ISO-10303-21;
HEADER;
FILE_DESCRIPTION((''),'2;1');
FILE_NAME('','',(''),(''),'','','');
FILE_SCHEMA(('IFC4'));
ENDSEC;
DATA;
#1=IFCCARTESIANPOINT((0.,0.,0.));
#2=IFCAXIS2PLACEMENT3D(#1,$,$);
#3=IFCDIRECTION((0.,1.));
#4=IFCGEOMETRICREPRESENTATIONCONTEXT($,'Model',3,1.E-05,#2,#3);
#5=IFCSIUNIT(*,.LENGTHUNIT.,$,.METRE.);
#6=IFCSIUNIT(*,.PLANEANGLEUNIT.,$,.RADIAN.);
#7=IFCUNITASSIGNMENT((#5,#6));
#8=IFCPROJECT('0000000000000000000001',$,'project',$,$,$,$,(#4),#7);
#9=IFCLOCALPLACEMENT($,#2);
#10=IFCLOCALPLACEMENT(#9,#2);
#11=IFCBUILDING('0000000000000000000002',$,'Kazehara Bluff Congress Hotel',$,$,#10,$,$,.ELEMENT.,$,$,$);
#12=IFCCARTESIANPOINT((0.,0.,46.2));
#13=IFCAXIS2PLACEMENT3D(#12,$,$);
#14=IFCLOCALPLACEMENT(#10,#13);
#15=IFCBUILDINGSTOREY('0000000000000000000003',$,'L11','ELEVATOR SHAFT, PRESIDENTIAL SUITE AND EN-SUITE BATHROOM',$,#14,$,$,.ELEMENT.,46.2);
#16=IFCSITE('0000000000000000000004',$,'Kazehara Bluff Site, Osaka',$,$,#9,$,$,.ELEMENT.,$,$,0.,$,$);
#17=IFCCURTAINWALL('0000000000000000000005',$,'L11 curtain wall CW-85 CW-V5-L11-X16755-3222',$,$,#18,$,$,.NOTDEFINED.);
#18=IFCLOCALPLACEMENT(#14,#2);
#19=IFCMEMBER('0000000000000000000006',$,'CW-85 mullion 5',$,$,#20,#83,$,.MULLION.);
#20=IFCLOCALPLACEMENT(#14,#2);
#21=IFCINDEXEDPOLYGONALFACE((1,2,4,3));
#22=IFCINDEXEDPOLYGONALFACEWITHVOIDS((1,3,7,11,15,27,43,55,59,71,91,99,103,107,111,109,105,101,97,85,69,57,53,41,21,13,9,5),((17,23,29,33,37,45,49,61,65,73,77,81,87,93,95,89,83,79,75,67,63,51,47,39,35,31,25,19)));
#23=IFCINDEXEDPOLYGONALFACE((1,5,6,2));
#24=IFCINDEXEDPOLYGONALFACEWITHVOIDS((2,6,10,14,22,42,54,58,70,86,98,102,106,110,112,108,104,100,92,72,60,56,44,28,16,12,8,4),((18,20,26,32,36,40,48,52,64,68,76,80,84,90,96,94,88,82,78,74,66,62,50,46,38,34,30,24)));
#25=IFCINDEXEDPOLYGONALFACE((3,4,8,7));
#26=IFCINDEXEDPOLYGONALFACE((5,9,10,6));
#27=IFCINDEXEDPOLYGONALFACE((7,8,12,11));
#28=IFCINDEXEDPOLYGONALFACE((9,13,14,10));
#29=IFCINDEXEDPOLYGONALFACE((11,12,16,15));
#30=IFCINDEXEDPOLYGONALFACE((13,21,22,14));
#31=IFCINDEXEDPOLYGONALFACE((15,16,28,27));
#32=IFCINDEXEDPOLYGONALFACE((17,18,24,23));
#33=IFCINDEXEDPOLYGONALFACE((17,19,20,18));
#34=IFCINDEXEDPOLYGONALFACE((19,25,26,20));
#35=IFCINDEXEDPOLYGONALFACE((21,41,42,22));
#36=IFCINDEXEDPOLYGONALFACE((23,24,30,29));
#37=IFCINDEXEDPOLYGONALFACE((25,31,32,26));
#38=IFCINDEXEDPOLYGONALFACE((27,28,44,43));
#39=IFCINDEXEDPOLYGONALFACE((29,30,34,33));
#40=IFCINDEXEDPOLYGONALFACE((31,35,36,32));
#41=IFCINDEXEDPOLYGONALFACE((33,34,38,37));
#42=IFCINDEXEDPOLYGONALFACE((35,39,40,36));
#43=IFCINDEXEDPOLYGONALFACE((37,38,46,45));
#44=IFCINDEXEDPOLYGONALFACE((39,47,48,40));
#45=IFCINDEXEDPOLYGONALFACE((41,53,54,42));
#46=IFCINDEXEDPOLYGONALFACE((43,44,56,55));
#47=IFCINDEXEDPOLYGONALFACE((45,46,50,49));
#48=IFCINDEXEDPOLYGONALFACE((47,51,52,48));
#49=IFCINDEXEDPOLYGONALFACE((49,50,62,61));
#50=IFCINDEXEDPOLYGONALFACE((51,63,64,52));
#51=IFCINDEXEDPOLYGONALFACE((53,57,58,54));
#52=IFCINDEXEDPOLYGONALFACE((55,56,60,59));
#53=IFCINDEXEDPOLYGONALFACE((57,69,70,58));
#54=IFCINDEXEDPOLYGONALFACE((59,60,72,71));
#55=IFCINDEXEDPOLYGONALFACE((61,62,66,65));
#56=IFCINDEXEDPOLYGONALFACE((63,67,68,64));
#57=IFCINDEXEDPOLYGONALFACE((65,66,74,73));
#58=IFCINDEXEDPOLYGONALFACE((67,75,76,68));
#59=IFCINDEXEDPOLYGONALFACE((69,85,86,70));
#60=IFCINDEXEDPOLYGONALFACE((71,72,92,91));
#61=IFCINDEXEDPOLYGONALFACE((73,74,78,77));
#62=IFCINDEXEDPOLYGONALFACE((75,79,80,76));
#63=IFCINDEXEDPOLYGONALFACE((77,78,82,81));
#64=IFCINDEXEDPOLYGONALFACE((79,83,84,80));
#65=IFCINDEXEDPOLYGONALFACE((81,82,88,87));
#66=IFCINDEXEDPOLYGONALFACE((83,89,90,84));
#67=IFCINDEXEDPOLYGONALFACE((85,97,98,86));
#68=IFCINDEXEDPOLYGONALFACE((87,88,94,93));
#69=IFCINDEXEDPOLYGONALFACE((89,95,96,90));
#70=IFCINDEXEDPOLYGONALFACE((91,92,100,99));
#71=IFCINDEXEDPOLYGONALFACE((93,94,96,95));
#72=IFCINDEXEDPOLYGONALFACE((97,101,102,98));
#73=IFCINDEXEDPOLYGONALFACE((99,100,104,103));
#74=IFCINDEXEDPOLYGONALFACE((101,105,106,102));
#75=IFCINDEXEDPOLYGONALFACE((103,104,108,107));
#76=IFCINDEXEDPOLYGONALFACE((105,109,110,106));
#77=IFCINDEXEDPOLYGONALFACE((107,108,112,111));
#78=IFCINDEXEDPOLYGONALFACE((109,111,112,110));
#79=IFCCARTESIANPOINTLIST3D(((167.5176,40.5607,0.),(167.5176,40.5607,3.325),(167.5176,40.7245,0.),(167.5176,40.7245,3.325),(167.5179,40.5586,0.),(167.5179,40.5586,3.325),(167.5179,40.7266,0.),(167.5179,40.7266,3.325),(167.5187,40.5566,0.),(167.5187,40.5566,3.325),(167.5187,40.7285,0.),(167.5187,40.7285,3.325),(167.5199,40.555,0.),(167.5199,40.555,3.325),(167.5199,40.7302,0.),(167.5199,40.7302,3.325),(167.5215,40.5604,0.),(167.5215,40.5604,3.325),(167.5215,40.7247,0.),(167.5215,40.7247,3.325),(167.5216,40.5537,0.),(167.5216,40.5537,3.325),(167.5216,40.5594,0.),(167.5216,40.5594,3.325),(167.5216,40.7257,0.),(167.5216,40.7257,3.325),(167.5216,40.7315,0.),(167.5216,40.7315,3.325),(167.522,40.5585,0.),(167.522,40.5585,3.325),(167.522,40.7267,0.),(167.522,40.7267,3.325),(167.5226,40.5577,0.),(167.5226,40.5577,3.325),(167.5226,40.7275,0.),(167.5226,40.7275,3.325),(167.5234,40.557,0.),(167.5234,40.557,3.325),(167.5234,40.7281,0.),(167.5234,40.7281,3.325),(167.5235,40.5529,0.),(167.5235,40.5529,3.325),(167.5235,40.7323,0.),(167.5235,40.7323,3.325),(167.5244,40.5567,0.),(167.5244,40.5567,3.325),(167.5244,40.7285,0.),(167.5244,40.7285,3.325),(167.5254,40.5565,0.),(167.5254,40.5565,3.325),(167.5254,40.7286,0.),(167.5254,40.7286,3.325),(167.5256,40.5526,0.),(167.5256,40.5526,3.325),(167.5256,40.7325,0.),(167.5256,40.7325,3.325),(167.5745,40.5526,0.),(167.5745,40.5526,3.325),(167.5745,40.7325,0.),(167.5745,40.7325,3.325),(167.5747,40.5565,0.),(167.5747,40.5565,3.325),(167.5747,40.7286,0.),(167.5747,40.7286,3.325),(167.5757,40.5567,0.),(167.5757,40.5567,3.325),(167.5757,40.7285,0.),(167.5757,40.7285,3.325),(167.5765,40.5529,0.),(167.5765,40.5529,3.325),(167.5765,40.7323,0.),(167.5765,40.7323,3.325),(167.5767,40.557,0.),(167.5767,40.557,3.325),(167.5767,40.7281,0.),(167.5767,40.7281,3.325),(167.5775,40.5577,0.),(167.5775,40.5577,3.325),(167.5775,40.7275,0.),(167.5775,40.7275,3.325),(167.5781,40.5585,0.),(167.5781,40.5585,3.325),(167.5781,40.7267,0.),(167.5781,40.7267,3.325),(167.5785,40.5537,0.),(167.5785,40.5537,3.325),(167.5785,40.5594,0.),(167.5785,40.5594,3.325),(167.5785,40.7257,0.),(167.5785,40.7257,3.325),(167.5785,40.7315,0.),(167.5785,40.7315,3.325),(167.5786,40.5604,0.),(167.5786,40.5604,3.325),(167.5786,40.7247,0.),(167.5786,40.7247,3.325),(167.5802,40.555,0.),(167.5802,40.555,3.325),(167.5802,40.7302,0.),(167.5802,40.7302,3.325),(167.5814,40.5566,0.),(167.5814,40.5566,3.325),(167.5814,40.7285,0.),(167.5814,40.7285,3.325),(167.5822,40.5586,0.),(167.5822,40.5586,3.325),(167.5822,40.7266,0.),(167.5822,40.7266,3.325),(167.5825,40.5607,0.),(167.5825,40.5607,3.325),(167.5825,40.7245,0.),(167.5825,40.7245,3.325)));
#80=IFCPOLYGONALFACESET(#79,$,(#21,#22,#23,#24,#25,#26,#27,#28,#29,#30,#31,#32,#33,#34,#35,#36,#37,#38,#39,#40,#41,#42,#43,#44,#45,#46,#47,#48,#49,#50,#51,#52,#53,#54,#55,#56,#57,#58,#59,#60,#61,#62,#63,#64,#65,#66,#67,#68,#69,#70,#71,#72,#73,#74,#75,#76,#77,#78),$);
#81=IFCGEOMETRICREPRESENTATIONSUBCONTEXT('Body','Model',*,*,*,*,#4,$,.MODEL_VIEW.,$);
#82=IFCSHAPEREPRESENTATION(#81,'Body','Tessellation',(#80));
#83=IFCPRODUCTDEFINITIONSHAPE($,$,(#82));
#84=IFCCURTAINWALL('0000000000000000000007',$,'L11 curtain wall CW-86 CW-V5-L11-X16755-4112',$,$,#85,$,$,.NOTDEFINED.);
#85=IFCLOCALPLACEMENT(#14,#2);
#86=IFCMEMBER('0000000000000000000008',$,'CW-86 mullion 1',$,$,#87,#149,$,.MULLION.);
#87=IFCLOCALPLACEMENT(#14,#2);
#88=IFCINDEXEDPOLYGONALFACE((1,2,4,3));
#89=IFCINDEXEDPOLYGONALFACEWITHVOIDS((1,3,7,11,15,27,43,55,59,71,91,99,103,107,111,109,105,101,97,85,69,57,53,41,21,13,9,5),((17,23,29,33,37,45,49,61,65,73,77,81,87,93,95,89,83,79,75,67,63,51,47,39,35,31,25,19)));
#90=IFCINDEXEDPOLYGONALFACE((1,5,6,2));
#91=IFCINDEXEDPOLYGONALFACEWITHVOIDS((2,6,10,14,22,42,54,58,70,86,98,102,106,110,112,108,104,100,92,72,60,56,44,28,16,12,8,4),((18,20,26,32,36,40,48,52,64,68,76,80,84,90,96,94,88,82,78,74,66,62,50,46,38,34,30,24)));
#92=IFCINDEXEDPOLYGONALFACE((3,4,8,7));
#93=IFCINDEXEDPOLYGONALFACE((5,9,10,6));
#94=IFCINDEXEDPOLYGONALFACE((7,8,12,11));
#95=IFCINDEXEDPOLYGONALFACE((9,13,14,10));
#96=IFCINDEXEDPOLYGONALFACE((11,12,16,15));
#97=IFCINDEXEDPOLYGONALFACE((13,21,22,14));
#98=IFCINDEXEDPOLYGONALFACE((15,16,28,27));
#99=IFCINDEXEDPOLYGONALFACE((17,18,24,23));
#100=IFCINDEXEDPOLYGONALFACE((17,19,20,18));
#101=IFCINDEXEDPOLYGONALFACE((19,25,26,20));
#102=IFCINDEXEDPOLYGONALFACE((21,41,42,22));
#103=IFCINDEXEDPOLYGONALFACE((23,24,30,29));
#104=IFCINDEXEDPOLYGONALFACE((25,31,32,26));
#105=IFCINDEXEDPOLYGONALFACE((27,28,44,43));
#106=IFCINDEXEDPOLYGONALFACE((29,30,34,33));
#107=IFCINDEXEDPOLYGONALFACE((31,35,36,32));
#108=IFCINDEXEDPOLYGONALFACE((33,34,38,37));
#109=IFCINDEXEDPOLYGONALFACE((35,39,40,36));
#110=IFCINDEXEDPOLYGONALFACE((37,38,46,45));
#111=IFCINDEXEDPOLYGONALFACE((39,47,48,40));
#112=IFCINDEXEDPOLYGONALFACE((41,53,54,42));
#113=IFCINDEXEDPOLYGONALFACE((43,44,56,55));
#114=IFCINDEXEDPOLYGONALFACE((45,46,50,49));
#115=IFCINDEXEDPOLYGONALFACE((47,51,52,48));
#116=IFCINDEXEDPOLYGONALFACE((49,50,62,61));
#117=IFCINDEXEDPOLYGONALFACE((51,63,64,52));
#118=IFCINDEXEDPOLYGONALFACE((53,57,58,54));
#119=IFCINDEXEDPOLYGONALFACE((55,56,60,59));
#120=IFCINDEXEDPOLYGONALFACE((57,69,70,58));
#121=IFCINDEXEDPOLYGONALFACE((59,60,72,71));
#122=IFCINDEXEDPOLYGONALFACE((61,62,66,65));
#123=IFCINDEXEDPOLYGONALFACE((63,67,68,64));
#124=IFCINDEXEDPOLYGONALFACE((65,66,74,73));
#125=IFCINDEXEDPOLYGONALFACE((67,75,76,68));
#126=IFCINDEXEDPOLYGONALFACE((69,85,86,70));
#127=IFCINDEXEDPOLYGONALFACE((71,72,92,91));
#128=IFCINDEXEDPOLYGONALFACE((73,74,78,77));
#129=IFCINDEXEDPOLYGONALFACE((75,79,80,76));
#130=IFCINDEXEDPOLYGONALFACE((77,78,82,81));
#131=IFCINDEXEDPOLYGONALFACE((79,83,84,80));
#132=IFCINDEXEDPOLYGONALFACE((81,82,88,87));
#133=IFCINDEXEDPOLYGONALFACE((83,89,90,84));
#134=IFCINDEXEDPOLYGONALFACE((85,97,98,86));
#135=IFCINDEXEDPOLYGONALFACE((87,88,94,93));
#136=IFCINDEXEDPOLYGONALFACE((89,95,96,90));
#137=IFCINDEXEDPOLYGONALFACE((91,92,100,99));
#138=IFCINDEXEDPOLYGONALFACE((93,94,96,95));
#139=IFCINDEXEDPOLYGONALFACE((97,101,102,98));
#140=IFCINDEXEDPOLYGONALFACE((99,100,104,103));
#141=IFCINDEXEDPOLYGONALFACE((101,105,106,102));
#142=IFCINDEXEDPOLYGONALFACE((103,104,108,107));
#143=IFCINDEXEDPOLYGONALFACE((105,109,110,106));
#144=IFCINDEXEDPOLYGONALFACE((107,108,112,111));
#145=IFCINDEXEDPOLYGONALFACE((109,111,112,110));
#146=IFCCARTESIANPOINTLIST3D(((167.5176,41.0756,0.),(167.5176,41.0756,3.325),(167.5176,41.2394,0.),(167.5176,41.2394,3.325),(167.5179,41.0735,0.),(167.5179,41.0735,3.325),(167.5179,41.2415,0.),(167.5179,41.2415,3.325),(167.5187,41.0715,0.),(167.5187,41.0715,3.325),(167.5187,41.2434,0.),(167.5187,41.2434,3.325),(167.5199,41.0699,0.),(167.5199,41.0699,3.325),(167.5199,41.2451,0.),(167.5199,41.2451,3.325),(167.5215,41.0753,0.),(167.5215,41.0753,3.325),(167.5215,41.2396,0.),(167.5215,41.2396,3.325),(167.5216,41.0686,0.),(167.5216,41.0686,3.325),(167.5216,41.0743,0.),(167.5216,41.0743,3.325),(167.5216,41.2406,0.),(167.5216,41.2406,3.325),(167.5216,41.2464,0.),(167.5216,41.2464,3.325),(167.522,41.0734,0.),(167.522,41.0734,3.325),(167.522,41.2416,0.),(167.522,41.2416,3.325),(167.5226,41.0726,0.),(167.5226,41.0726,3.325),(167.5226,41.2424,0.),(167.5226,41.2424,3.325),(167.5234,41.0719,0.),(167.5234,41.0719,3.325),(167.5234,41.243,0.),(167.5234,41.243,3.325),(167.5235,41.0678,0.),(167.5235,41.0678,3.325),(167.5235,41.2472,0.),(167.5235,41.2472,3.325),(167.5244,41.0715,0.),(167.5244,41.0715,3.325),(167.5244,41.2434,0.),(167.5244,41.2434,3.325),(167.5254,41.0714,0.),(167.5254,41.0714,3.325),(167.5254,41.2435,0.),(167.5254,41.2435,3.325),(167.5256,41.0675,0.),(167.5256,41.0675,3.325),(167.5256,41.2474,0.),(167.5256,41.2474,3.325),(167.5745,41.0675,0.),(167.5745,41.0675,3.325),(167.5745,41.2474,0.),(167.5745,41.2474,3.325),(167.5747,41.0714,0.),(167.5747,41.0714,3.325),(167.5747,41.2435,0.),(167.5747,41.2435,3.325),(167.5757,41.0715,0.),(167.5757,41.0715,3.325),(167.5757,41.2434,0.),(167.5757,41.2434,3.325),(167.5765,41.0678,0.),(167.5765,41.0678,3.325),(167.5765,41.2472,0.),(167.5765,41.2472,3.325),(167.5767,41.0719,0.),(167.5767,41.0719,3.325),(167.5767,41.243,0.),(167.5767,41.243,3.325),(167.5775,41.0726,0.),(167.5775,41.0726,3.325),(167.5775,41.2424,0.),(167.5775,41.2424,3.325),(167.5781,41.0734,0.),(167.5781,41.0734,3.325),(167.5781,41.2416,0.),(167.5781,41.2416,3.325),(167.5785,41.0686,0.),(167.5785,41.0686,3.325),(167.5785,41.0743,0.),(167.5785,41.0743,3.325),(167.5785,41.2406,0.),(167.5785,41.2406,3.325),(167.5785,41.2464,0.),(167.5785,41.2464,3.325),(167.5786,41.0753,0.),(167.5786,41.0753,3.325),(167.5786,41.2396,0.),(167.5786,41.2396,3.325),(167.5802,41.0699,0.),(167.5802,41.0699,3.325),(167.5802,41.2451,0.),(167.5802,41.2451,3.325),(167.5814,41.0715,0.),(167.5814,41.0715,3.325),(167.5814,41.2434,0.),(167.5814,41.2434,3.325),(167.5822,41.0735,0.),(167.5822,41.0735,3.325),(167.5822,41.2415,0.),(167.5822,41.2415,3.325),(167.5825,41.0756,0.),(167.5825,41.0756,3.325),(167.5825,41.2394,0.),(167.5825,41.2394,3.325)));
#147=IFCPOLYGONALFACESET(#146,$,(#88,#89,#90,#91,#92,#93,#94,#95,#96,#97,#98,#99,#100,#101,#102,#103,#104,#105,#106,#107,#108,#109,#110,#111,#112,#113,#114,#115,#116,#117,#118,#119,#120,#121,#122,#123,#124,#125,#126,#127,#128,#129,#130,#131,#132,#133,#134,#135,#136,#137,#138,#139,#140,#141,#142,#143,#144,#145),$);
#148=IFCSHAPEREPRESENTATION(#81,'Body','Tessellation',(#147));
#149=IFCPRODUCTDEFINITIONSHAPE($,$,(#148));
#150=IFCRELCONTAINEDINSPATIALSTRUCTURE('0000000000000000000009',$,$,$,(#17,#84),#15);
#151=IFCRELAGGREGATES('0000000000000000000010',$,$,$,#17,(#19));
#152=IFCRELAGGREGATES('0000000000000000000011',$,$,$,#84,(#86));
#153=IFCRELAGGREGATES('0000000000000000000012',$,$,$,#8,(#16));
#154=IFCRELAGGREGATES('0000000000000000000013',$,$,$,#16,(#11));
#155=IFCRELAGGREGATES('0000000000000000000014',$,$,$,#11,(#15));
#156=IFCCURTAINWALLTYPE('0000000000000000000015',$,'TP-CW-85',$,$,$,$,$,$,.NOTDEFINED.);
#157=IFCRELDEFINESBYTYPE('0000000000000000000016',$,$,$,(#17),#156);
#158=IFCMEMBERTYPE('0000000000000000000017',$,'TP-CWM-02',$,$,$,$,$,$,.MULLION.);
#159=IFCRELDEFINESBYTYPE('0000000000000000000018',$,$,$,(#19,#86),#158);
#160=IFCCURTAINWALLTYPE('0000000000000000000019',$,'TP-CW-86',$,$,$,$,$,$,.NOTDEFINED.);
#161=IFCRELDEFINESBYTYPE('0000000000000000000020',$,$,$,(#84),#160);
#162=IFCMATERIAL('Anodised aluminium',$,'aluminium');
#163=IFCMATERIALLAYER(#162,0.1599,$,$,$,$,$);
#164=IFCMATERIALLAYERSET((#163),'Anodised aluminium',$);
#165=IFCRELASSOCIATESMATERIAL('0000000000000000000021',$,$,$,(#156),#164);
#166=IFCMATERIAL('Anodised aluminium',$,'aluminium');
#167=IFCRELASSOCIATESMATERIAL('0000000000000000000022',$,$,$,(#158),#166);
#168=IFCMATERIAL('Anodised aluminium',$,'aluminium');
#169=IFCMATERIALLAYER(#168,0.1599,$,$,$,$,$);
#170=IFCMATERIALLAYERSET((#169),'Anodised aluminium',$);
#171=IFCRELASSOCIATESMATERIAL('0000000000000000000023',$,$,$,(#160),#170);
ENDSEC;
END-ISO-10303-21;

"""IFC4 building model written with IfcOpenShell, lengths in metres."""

from ifc_helpers import new_model, si_unit, direction, frame, origin, origin_2d, place, context, subcontext, project, spatial, hollow_rectangle, extrude, material, layer, layer_set, material_profile, profile_set, type_object, element, aggregate, save


model = new_model("IFC4")

# Units and contexts
model_context = context("Model", 3, precision=1e-05, world=origin(), true_north=direction((0.0, 1.0)))
body_context = subcontext(model_context, "Body", "Model", "MODEL_VIEW")
ifc_project = project(units=[si_unit("LENGTHUNIT", "METRE"), si_unit("PLANEANGLEUNIT", "RADIAN")], contexts=[model_context])

# Site, building, storey
site_placement = place(None, origin())
site = spatial("IfcSite", under=ifc_project, at=site_placement, Name="Kazehara Bluff Site, Osaka", CompositionType="ELEMENT", RefElevation=0.0)
building_placement = place(site_placement, origin())
building = spatial("IfcBuilding", under=site, at=building_placement, Name="Kazehara Bluff Congress Hotel", CompositionType="ELEMENT")
storey_placement = place(building_placement, frame((0.0, 0.0, 46.2)))
storey = spatial("IfcBuildingStorey", under=building, at=storey_placement, Name="L11", Description="ELEVATOR SHAFT, PRESIDENTIAL SUITE AND EN-SUITE BATHROOM", CompositionType="ELEMENT", Elevation=46.2)

# Curtain wall, member
ifc_material_1 = material(Name="Anodised aluminium", Category="aluminium")
ifc_layer_1 = layer(ifc_material_1, 0.1599)
ifc_layer_set_1 = layer_set([ifc_layer_1], Name="Anodised aluminium")
curtain_wall_type_1 = type_object("IfcCurtainWallType", Name="TP-CW-85", PredefinedType="NOTDEFINED", material=ifc_layer_set_1)
curtain_wall_1_placement = place(storey_placement, origin())
curtain_wall_1 = element("IfcCurtainWall", 1, at=curtain_wall_1_placement, inside=storey, type_object=curtain_wall_type_1, Name="L11 curtain wall CW-85 CW-V5-L11-X16755-3222", PredefinedType="NOTDEFINED")
ifc_material_2 = material(Name="Anodised aluminium", Category="aluminium")
ifc_material_profile_1 = material_profile(ifc_material_2, hollow_rectangle(XDim=0.0649, YDim=0.1799, WallThickness=0.0039, InnerFilletRadius=0.0039, OuterFilletRadius=0.0081, at=origin_2d()))
ifc_profile_set_1 = profile_set([ifc_material_profile_1], Name="Anodised aluminium")
member_type_1 = type_object("IfcMemberType", Name="TP-CWM-02", PredefinedType="MULLION", material=ifc_profile_set_1)
member_1_placement = place(storey_placement, frame((167.55, 40.6426, 0.0), z_axis=(0.0, 0.0, 1.0), x_axis=(-1.0, 0.0, 0.0)))
member_1 = element("IfcMember", 2, at=member_1_placement, type_object=member_type_1, Name="CW-85 mullion 5", PredefinedType="MULLION", context=body_context, shape_type="SweptSolid", body=[
    extrude(hollow_rectangle(XDim=0.0649, YDim=0.1799, WallThickness=0.0039, InnerFilletRadius=0.0039, OuterFilletRadius=0.0081, at=origin_2d()), origin(), (0.0, 0.0, 1.0), 3.325),
])

# Curtain wall, member
ifc_material_3 = material(Name="Anodised aluminium", Category="aluminium")
ifc_layer_2 = layer(ifc_material_3, 0.1599)
ifc_layer_set_2 = layer_set([ifc_layer_2], Name="Anodised aluminium")
curtain_wall_type_2 = type_object("IfcCurtainWallType", Name="TP-CW-86", PredefinedType="NOTDEFINED", material=ifc_layer_set_2)
curtain_wall_2_placement = place(storey_placement, origin())
curtain_wall_2 = element("IfcCurtainWall", 3, at=curtain_wall_2_placement, inside=storey, type_object=curtain_wall_type_2, Name="L11 curtain wall CW-86 CW-V5-L11-X16755-4112", PredefinedType="NOTDEFINED")
member_2_placement = place(storey_placement, frame((167.55, 41.1575, 0.0), z_axis=(0.0, 0.0, 1.0), x_axis=(-1.0, 0.0, 0.0)))
member_2 = element("IfcMember", 4, at=member_2_placement, type_object=member_type_1, Name="CW-86 mullion 1", PredefinedType="MULLION", context=body_context, shape_type="SweptSolid", body=[
    extrude(hollow_rectangle(XDim=0.0649, YDim=0.1799, WallThickness=0.0039, InnerFilletRadius=0.0039, OuterFilletRadius=0.0081, at=origin_2d()), origin(), (0.0, 0.0, 1.0), 3.325),
])

aggregate(curtain_wall_1, [member_1])
aggregate(curtain_wall_2, [member_2])

save(model, "model.ifc")
